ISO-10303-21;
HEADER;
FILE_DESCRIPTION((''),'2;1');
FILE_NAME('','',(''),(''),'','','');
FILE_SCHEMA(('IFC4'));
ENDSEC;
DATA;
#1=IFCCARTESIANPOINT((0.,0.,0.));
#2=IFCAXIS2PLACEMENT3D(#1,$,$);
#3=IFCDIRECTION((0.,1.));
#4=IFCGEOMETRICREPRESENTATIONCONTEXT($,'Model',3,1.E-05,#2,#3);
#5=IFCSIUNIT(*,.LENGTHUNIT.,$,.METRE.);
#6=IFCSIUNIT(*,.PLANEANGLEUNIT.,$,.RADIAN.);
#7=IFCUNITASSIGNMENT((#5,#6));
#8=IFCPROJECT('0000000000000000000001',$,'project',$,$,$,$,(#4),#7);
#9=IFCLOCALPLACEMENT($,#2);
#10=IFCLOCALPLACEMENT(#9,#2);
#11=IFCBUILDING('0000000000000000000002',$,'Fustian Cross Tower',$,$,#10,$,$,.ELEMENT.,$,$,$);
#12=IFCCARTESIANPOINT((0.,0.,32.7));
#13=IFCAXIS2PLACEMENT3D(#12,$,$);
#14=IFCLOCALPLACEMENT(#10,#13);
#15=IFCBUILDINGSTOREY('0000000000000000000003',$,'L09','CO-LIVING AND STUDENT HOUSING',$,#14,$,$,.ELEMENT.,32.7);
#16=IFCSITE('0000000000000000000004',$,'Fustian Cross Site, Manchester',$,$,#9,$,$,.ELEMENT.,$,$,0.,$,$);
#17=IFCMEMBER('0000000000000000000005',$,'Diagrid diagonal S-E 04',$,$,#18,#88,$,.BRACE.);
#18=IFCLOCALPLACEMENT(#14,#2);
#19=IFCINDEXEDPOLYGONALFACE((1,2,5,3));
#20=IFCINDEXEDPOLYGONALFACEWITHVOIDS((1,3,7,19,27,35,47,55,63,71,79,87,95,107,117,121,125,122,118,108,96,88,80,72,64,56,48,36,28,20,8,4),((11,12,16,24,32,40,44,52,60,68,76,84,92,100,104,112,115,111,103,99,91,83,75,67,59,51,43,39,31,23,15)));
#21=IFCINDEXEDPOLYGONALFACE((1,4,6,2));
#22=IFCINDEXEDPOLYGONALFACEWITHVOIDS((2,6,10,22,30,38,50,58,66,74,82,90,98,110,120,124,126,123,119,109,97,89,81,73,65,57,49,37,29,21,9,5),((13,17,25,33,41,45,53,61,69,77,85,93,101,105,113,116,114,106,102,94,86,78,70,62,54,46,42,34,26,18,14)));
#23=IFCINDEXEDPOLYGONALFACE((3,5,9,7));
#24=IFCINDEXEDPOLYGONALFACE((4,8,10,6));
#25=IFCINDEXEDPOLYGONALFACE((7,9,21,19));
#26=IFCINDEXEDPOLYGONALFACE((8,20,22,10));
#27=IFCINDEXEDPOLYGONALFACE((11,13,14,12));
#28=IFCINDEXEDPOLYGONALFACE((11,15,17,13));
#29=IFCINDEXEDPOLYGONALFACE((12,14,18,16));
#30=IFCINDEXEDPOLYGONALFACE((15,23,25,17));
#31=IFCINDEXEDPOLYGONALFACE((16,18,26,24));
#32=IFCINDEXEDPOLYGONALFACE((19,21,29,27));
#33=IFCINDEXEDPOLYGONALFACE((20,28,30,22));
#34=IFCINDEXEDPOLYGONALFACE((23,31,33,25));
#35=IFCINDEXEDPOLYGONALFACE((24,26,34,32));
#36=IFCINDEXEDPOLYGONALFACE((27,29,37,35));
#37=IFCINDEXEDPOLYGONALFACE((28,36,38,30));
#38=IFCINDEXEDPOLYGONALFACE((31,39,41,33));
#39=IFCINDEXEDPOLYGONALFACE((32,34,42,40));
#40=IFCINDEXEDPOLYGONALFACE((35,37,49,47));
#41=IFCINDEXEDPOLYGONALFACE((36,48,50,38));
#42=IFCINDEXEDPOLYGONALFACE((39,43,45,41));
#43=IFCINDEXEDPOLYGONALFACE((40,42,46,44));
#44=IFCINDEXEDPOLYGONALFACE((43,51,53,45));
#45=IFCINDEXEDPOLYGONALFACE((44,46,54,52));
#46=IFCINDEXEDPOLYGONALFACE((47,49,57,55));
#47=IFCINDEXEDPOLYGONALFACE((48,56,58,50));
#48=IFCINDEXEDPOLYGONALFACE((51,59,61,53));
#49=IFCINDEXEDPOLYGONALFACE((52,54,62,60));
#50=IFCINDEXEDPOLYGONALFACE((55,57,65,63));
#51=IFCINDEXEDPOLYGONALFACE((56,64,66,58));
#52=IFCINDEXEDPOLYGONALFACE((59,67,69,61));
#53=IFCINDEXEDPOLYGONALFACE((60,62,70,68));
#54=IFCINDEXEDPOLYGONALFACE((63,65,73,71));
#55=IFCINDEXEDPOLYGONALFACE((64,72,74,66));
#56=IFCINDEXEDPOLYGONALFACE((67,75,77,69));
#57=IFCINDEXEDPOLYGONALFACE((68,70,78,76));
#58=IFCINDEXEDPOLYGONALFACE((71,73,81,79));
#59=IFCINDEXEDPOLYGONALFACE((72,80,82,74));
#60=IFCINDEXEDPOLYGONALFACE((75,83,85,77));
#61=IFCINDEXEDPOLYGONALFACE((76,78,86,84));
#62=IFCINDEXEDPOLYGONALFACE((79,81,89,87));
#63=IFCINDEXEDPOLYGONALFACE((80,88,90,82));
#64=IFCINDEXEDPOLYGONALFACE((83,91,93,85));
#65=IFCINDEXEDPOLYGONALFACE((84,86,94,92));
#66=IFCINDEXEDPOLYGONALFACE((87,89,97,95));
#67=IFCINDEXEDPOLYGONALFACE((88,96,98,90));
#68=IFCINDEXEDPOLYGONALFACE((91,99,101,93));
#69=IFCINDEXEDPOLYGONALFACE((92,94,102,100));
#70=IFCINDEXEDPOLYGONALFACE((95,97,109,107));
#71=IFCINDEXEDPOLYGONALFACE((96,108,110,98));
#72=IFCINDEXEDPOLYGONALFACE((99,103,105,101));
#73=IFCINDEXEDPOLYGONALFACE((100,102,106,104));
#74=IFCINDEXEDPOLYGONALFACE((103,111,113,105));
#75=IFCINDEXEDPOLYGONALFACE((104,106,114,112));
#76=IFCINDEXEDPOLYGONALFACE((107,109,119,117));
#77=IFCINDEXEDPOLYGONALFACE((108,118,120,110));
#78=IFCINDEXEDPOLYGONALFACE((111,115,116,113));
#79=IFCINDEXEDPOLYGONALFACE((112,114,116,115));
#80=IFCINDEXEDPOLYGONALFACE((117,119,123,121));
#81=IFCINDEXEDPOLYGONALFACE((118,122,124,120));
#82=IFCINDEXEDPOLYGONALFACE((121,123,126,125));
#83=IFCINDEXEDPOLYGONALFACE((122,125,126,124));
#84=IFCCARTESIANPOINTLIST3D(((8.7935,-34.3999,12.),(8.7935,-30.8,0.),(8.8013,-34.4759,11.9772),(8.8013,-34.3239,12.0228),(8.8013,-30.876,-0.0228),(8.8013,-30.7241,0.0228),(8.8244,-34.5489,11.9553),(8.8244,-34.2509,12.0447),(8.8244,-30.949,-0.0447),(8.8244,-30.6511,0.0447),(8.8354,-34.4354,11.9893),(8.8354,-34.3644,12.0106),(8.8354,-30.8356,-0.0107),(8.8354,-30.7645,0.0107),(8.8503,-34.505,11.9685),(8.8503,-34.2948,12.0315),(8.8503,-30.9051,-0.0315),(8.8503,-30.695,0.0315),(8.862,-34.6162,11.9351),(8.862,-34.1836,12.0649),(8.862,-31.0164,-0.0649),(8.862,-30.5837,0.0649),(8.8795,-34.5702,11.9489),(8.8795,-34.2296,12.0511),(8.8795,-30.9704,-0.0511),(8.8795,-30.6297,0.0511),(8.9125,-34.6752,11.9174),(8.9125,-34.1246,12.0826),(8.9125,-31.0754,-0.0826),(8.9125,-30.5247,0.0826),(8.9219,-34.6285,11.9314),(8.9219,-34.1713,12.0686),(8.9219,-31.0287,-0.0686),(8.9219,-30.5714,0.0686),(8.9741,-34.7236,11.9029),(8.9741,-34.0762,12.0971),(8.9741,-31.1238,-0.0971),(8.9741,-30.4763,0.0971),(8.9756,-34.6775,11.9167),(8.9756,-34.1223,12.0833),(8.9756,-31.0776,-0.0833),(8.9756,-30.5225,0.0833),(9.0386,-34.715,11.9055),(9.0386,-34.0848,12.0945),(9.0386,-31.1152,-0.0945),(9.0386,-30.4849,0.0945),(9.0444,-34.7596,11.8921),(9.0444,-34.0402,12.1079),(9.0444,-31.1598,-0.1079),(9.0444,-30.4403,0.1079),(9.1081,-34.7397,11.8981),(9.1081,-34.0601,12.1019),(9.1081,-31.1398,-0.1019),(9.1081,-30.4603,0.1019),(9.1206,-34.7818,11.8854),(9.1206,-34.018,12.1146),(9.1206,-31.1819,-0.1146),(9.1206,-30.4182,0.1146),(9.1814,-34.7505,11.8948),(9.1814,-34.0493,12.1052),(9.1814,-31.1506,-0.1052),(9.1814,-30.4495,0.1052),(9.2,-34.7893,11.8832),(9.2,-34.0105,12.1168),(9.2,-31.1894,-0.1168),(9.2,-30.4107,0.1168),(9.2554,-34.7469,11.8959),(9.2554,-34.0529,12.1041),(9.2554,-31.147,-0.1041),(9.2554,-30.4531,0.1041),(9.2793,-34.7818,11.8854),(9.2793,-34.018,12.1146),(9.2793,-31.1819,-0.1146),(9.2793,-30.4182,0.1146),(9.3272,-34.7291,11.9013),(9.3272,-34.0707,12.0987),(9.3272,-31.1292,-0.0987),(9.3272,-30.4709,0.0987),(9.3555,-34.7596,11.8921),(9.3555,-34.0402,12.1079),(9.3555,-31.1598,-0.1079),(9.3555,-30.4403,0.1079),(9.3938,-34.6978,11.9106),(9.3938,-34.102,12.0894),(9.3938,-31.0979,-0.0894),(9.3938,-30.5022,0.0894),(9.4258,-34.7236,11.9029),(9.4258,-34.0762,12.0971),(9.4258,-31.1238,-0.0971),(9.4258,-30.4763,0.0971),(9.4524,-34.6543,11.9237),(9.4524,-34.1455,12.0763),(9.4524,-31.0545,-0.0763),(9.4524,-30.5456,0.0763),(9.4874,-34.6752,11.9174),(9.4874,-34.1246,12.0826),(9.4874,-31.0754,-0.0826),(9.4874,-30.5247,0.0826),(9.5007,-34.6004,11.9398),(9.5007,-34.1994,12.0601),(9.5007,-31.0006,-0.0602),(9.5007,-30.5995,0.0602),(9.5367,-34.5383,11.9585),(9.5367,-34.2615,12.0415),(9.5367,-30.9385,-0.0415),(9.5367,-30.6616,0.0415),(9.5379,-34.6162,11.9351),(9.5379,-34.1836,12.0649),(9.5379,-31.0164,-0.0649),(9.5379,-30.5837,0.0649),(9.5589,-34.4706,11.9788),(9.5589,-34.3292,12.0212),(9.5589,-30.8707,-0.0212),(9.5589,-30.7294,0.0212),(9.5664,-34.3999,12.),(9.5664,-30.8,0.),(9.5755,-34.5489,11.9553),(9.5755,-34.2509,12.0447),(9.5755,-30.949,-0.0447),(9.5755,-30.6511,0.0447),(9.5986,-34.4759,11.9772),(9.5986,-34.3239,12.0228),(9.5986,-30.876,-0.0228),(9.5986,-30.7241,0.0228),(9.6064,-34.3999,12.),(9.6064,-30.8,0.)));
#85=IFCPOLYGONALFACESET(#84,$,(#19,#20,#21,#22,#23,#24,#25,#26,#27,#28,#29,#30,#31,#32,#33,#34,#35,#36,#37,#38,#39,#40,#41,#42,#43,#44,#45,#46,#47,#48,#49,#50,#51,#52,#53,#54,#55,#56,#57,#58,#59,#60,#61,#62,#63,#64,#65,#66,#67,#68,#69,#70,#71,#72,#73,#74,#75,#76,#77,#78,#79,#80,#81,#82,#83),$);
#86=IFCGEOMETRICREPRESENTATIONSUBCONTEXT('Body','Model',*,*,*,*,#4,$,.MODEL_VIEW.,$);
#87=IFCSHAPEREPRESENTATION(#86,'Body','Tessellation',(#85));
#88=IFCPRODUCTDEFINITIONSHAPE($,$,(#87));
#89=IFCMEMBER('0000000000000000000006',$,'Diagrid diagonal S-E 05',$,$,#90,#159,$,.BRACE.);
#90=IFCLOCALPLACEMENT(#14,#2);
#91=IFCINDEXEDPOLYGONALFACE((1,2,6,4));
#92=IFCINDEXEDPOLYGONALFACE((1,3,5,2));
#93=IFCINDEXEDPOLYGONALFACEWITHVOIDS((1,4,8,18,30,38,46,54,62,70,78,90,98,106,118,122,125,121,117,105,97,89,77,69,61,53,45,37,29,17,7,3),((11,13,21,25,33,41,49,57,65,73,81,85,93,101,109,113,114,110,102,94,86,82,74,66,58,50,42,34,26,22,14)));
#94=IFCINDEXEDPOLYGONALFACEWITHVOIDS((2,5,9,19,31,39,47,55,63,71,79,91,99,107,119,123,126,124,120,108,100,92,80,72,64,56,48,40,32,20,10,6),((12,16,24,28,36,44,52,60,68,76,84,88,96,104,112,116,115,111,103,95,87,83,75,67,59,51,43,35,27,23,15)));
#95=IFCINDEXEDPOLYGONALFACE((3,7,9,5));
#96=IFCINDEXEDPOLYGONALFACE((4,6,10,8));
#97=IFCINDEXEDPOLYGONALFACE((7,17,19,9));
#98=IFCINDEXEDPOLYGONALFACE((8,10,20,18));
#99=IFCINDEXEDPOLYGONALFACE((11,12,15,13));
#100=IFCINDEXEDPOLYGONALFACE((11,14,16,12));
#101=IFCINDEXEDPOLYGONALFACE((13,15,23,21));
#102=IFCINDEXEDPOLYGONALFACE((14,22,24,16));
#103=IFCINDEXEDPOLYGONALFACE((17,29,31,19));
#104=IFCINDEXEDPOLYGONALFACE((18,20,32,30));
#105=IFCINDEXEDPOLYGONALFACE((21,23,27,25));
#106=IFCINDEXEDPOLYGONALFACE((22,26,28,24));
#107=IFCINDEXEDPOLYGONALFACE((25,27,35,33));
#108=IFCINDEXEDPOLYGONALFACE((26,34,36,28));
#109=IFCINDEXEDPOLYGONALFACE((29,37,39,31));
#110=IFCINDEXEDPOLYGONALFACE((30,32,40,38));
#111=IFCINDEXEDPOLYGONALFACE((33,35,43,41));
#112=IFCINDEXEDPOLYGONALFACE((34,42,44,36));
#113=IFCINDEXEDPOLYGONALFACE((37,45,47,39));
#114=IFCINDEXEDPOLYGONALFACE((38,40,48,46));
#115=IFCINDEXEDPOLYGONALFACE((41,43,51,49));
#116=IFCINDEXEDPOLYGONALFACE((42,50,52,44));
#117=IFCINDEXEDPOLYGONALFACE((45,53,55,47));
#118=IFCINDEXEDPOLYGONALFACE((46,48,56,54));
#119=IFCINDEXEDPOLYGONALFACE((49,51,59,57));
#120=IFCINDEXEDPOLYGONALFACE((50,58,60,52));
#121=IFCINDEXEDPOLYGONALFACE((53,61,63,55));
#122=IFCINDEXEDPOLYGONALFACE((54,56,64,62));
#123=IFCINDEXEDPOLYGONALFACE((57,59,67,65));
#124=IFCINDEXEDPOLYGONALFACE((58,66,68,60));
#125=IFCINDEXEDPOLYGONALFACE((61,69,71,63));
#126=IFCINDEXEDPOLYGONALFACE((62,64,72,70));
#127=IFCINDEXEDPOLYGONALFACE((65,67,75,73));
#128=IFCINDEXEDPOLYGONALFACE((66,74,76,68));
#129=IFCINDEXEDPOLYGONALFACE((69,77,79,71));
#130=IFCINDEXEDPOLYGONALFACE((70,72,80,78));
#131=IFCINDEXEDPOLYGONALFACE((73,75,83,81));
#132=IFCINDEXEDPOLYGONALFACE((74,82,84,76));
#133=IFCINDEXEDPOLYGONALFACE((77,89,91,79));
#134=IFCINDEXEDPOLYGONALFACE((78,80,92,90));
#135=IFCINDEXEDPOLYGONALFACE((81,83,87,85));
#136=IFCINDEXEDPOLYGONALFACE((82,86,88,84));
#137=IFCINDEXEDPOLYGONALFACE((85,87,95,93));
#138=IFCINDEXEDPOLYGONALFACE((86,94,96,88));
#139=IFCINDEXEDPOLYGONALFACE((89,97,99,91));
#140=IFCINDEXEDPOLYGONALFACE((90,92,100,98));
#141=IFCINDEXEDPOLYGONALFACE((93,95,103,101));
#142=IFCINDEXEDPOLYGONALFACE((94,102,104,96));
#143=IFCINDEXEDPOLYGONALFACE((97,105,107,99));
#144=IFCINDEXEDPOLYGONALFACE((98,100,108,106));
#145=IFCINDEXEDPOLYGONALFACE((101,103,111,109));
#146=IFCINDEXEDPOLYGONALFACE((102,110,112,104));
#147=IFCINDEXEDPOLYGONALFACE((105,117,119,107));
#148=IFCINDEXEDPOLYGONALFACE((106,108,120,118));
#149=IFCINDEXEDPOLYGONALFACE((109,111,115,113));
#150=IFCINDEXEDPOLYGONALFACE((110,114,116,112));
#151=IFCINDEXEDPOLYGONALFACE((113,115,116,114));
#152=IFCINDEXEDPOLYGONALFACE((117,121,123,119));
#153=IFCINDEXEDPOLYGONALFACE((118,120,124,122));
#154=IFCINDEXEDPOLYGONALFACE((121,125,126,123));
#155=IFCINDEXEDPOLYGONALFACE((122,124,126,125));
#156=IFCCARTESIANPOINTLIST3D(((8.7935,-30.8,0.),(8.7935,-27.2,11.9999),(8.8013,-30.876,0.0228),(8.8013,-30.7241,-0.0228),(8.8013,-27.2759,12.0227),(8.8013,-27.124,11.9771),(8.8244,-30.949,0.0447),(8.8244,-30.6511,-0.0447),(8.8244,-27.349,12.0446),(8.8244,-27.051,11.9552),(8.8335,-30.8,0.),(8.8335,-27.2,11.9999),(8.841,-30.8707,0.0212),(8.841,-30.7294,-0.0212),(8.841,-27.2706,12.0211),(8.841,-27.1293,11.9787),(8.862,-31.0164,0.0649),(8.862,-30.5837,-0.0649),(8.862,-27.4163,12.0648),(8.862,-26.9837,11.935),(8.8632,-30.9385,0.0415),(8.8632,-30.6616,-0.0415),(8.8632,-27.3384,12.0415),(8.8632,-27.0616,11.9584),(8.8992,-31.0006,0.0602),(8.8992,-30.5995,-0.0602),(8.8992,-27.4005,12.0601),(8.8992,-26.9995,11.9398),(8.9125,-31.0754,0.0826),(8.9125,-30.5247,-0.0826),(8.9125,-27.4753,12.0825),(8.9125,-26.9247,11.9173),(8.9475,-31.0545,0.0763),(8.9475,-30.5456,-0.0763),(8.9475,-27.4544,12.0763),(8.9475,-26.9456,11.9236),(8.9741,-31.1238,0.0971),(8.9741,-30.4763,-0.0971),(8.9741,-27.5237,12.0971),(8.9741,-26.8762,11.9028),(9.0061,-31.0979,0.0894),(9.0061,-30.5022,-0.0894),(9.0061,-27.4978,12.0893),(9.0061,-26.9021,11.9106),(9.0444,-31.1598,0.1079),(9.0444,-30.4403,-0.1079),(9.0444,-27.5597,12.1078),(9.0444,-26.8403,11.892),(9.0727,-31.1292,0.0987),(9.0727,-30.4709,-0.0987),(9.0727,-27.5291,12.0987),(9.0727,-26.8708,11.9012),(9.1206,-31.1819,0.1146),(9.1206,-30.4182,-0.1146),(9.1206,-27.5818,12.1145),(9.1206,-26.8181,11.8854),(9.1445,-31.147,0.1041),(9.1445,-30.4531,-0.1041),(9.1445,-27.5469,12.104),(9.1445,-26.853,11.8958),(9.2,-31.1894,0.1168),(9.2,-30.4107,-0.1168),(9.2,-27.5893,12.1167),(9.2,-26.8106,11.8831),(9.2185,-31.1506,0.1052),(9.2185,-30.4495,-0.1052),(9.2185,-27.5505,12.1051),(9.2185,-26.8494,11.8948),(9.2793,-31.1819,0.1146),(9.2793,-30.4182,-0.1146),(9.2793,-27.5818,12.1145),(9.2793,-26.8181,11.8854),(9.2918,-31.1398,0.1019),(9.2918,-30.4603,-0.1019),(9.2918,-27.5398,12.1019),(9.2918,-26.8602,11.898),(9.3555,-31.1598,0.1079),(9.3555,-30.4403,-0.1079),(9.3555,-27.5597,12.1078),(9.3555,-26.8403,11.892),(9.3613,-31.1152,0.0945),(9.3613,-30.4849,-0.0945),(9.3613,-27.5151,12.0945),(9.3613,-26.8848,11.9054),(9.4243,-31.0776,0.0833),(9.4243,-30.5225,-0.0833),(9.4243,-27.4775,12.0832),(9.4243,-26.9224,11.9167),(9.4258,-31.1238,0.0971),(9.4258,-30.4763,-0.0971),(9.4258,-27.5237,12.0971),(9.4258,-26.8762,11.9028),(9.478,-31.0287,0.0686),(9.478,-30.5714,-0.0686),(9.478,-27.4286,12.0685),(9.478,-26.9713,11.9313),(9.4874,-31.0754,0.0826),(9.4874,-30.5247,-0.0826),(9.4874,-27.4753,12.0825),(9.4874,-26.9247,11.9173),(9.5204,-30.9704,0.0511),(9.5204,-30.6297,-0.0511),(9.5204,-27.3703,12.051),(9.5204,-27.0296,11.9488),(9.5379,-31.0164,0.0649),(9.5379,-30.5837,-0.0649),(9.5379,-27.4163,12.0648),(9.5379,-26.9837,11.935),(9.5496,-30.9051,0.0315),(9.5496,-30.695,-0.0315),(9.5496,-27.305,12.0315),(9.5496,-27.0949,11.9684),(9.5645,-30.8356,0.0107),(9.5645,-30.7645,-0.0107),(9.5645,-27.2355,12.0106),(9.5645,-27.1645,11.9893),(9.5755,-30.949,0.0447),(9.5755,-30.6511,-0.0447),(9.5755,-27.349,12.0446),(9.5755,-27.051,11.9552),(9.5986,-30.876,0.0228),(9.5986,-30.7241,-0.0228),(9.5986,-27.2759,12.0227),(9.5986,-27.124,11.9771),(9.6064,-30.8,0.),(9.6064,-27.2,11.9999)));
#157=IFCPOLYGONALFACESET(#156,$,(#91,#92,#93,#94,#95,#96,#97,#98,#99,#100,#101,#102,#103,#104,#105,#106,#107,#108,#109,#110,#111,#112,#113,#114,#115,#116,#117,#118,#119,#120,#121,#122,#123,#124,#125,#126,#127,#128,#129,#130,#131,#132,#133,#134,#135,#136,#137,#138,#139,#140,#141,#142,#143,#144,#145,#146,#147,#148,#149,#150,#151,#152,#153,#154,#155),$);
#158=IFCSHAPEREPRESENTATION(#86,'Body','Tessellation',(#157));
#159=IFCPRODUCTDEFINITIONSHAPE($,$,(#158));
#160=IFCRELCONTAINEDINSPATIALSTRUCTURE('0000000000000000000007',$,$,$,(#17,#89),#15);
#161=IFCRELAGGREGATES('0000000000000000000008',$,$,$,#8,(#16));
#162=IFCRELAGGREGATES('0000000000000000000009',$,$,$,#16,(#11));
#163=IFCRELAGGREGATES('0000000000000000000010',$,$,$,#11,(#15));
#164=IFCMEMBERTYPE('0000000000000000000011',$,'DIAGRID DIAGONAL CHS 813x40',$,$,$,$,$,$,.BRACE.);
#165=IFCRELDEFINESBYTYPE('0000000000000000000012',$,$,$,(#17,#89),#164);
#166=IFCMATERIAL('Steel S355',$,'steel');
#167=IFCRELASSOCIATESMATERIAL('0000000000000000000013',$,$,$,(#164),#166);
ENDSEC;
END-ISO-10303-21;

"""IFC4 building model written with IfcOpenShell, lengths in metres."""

from ifc_helpers import new_model, si_unit, direction, frame, origin, origin_2d, place, context, subcontext, project, spatial, hollow_circle, extrude, material, material_profile, profile_set, type_object, element, save


model = new_model("IFC4")

# Units and contexts
model_context = context("Model", 3, precision=1e-05, world=origin(), true_north=direction((0.0, 1.0)))
body_context = subcontext(model_context, "Body", "Model", "MODEL_VIEW")
ifc_project = project(units=[si_unit("LENGTHUNIT", "METRE"), si_unit("PLANEANGLEUNIT", "RADIAN")], contexts=[model_context])

# Site, building, storey
site_placement = place(None, origin())
site = spatial("IfcSite", under=ifc_project, at=site_placement, Name="Fustian Cross Site, Manchester", CompositionType="ELEMENT", RefElevation=0.0)
building_placement = place(site_placement, origin())
building = spatial("IfcBuilding", under=site, at=building_placement, Name="Fustian Cross Tower", CompositionType="ELEMENT")
storey_placement = place(building_placement, frame((0.0, 0.0, 32.7)))
storey = spatial("IfcBuildingStorey", under=building, at=storey_placement, Name="L09", Description="CO-LIVING AND STUDENT HOUSING", CompositionType="ELEMENT", Elevation=32.7)

# Members
ifc_material_1 = material(Name="Steel S355", Category="steel")
ifc_material_profile_1 = material_profile(ifc_material_1, hollow_circle(Radius=0.4065, WallThickness=0.04, at=origin_2d()), Name="CHS 813x40")
ifc_profile_set_1 = profile_set([ifc_material_profile_1], Name="Steel S355")
member_type_1 = type_object("IfcMemberType", Name="DIAGRID DIAGONAL CHS 813x40", PredefinedType="BRACE", material=ifc_profile_set_1)
for number, where, z_axis, x_axis, name in (
    (1, (9.2, -30.8, 0.0), (0.0, -0.287337, 0.95783), (1.0, 0.0, 0.0), "Diagrid diagonal S-E 04"),
    (2, (9.2, -30.8, 0.0), (0.0, 0.287355, 0.957824), (-1.0, 0.0, 0.0), "Diagrid diagonal S-E 05"),
):
    element("IfcMember", number, at=place(storey_placement, frame(where, z_axis=z_axis, x_axis=x_axis)), inside=storey, type_object=member_type_1, Name=name, PredefinedType="BRACE", context=body_context, shape_type="SweptSolid", body=[
        extrude(hollow_circle(Radius=0.4065, WallThickness=0.04, at=origin_2d()), origin(), (0.0, 0.0, 1.0), 12.5283),
    ])

save(model, "model.ifc")
